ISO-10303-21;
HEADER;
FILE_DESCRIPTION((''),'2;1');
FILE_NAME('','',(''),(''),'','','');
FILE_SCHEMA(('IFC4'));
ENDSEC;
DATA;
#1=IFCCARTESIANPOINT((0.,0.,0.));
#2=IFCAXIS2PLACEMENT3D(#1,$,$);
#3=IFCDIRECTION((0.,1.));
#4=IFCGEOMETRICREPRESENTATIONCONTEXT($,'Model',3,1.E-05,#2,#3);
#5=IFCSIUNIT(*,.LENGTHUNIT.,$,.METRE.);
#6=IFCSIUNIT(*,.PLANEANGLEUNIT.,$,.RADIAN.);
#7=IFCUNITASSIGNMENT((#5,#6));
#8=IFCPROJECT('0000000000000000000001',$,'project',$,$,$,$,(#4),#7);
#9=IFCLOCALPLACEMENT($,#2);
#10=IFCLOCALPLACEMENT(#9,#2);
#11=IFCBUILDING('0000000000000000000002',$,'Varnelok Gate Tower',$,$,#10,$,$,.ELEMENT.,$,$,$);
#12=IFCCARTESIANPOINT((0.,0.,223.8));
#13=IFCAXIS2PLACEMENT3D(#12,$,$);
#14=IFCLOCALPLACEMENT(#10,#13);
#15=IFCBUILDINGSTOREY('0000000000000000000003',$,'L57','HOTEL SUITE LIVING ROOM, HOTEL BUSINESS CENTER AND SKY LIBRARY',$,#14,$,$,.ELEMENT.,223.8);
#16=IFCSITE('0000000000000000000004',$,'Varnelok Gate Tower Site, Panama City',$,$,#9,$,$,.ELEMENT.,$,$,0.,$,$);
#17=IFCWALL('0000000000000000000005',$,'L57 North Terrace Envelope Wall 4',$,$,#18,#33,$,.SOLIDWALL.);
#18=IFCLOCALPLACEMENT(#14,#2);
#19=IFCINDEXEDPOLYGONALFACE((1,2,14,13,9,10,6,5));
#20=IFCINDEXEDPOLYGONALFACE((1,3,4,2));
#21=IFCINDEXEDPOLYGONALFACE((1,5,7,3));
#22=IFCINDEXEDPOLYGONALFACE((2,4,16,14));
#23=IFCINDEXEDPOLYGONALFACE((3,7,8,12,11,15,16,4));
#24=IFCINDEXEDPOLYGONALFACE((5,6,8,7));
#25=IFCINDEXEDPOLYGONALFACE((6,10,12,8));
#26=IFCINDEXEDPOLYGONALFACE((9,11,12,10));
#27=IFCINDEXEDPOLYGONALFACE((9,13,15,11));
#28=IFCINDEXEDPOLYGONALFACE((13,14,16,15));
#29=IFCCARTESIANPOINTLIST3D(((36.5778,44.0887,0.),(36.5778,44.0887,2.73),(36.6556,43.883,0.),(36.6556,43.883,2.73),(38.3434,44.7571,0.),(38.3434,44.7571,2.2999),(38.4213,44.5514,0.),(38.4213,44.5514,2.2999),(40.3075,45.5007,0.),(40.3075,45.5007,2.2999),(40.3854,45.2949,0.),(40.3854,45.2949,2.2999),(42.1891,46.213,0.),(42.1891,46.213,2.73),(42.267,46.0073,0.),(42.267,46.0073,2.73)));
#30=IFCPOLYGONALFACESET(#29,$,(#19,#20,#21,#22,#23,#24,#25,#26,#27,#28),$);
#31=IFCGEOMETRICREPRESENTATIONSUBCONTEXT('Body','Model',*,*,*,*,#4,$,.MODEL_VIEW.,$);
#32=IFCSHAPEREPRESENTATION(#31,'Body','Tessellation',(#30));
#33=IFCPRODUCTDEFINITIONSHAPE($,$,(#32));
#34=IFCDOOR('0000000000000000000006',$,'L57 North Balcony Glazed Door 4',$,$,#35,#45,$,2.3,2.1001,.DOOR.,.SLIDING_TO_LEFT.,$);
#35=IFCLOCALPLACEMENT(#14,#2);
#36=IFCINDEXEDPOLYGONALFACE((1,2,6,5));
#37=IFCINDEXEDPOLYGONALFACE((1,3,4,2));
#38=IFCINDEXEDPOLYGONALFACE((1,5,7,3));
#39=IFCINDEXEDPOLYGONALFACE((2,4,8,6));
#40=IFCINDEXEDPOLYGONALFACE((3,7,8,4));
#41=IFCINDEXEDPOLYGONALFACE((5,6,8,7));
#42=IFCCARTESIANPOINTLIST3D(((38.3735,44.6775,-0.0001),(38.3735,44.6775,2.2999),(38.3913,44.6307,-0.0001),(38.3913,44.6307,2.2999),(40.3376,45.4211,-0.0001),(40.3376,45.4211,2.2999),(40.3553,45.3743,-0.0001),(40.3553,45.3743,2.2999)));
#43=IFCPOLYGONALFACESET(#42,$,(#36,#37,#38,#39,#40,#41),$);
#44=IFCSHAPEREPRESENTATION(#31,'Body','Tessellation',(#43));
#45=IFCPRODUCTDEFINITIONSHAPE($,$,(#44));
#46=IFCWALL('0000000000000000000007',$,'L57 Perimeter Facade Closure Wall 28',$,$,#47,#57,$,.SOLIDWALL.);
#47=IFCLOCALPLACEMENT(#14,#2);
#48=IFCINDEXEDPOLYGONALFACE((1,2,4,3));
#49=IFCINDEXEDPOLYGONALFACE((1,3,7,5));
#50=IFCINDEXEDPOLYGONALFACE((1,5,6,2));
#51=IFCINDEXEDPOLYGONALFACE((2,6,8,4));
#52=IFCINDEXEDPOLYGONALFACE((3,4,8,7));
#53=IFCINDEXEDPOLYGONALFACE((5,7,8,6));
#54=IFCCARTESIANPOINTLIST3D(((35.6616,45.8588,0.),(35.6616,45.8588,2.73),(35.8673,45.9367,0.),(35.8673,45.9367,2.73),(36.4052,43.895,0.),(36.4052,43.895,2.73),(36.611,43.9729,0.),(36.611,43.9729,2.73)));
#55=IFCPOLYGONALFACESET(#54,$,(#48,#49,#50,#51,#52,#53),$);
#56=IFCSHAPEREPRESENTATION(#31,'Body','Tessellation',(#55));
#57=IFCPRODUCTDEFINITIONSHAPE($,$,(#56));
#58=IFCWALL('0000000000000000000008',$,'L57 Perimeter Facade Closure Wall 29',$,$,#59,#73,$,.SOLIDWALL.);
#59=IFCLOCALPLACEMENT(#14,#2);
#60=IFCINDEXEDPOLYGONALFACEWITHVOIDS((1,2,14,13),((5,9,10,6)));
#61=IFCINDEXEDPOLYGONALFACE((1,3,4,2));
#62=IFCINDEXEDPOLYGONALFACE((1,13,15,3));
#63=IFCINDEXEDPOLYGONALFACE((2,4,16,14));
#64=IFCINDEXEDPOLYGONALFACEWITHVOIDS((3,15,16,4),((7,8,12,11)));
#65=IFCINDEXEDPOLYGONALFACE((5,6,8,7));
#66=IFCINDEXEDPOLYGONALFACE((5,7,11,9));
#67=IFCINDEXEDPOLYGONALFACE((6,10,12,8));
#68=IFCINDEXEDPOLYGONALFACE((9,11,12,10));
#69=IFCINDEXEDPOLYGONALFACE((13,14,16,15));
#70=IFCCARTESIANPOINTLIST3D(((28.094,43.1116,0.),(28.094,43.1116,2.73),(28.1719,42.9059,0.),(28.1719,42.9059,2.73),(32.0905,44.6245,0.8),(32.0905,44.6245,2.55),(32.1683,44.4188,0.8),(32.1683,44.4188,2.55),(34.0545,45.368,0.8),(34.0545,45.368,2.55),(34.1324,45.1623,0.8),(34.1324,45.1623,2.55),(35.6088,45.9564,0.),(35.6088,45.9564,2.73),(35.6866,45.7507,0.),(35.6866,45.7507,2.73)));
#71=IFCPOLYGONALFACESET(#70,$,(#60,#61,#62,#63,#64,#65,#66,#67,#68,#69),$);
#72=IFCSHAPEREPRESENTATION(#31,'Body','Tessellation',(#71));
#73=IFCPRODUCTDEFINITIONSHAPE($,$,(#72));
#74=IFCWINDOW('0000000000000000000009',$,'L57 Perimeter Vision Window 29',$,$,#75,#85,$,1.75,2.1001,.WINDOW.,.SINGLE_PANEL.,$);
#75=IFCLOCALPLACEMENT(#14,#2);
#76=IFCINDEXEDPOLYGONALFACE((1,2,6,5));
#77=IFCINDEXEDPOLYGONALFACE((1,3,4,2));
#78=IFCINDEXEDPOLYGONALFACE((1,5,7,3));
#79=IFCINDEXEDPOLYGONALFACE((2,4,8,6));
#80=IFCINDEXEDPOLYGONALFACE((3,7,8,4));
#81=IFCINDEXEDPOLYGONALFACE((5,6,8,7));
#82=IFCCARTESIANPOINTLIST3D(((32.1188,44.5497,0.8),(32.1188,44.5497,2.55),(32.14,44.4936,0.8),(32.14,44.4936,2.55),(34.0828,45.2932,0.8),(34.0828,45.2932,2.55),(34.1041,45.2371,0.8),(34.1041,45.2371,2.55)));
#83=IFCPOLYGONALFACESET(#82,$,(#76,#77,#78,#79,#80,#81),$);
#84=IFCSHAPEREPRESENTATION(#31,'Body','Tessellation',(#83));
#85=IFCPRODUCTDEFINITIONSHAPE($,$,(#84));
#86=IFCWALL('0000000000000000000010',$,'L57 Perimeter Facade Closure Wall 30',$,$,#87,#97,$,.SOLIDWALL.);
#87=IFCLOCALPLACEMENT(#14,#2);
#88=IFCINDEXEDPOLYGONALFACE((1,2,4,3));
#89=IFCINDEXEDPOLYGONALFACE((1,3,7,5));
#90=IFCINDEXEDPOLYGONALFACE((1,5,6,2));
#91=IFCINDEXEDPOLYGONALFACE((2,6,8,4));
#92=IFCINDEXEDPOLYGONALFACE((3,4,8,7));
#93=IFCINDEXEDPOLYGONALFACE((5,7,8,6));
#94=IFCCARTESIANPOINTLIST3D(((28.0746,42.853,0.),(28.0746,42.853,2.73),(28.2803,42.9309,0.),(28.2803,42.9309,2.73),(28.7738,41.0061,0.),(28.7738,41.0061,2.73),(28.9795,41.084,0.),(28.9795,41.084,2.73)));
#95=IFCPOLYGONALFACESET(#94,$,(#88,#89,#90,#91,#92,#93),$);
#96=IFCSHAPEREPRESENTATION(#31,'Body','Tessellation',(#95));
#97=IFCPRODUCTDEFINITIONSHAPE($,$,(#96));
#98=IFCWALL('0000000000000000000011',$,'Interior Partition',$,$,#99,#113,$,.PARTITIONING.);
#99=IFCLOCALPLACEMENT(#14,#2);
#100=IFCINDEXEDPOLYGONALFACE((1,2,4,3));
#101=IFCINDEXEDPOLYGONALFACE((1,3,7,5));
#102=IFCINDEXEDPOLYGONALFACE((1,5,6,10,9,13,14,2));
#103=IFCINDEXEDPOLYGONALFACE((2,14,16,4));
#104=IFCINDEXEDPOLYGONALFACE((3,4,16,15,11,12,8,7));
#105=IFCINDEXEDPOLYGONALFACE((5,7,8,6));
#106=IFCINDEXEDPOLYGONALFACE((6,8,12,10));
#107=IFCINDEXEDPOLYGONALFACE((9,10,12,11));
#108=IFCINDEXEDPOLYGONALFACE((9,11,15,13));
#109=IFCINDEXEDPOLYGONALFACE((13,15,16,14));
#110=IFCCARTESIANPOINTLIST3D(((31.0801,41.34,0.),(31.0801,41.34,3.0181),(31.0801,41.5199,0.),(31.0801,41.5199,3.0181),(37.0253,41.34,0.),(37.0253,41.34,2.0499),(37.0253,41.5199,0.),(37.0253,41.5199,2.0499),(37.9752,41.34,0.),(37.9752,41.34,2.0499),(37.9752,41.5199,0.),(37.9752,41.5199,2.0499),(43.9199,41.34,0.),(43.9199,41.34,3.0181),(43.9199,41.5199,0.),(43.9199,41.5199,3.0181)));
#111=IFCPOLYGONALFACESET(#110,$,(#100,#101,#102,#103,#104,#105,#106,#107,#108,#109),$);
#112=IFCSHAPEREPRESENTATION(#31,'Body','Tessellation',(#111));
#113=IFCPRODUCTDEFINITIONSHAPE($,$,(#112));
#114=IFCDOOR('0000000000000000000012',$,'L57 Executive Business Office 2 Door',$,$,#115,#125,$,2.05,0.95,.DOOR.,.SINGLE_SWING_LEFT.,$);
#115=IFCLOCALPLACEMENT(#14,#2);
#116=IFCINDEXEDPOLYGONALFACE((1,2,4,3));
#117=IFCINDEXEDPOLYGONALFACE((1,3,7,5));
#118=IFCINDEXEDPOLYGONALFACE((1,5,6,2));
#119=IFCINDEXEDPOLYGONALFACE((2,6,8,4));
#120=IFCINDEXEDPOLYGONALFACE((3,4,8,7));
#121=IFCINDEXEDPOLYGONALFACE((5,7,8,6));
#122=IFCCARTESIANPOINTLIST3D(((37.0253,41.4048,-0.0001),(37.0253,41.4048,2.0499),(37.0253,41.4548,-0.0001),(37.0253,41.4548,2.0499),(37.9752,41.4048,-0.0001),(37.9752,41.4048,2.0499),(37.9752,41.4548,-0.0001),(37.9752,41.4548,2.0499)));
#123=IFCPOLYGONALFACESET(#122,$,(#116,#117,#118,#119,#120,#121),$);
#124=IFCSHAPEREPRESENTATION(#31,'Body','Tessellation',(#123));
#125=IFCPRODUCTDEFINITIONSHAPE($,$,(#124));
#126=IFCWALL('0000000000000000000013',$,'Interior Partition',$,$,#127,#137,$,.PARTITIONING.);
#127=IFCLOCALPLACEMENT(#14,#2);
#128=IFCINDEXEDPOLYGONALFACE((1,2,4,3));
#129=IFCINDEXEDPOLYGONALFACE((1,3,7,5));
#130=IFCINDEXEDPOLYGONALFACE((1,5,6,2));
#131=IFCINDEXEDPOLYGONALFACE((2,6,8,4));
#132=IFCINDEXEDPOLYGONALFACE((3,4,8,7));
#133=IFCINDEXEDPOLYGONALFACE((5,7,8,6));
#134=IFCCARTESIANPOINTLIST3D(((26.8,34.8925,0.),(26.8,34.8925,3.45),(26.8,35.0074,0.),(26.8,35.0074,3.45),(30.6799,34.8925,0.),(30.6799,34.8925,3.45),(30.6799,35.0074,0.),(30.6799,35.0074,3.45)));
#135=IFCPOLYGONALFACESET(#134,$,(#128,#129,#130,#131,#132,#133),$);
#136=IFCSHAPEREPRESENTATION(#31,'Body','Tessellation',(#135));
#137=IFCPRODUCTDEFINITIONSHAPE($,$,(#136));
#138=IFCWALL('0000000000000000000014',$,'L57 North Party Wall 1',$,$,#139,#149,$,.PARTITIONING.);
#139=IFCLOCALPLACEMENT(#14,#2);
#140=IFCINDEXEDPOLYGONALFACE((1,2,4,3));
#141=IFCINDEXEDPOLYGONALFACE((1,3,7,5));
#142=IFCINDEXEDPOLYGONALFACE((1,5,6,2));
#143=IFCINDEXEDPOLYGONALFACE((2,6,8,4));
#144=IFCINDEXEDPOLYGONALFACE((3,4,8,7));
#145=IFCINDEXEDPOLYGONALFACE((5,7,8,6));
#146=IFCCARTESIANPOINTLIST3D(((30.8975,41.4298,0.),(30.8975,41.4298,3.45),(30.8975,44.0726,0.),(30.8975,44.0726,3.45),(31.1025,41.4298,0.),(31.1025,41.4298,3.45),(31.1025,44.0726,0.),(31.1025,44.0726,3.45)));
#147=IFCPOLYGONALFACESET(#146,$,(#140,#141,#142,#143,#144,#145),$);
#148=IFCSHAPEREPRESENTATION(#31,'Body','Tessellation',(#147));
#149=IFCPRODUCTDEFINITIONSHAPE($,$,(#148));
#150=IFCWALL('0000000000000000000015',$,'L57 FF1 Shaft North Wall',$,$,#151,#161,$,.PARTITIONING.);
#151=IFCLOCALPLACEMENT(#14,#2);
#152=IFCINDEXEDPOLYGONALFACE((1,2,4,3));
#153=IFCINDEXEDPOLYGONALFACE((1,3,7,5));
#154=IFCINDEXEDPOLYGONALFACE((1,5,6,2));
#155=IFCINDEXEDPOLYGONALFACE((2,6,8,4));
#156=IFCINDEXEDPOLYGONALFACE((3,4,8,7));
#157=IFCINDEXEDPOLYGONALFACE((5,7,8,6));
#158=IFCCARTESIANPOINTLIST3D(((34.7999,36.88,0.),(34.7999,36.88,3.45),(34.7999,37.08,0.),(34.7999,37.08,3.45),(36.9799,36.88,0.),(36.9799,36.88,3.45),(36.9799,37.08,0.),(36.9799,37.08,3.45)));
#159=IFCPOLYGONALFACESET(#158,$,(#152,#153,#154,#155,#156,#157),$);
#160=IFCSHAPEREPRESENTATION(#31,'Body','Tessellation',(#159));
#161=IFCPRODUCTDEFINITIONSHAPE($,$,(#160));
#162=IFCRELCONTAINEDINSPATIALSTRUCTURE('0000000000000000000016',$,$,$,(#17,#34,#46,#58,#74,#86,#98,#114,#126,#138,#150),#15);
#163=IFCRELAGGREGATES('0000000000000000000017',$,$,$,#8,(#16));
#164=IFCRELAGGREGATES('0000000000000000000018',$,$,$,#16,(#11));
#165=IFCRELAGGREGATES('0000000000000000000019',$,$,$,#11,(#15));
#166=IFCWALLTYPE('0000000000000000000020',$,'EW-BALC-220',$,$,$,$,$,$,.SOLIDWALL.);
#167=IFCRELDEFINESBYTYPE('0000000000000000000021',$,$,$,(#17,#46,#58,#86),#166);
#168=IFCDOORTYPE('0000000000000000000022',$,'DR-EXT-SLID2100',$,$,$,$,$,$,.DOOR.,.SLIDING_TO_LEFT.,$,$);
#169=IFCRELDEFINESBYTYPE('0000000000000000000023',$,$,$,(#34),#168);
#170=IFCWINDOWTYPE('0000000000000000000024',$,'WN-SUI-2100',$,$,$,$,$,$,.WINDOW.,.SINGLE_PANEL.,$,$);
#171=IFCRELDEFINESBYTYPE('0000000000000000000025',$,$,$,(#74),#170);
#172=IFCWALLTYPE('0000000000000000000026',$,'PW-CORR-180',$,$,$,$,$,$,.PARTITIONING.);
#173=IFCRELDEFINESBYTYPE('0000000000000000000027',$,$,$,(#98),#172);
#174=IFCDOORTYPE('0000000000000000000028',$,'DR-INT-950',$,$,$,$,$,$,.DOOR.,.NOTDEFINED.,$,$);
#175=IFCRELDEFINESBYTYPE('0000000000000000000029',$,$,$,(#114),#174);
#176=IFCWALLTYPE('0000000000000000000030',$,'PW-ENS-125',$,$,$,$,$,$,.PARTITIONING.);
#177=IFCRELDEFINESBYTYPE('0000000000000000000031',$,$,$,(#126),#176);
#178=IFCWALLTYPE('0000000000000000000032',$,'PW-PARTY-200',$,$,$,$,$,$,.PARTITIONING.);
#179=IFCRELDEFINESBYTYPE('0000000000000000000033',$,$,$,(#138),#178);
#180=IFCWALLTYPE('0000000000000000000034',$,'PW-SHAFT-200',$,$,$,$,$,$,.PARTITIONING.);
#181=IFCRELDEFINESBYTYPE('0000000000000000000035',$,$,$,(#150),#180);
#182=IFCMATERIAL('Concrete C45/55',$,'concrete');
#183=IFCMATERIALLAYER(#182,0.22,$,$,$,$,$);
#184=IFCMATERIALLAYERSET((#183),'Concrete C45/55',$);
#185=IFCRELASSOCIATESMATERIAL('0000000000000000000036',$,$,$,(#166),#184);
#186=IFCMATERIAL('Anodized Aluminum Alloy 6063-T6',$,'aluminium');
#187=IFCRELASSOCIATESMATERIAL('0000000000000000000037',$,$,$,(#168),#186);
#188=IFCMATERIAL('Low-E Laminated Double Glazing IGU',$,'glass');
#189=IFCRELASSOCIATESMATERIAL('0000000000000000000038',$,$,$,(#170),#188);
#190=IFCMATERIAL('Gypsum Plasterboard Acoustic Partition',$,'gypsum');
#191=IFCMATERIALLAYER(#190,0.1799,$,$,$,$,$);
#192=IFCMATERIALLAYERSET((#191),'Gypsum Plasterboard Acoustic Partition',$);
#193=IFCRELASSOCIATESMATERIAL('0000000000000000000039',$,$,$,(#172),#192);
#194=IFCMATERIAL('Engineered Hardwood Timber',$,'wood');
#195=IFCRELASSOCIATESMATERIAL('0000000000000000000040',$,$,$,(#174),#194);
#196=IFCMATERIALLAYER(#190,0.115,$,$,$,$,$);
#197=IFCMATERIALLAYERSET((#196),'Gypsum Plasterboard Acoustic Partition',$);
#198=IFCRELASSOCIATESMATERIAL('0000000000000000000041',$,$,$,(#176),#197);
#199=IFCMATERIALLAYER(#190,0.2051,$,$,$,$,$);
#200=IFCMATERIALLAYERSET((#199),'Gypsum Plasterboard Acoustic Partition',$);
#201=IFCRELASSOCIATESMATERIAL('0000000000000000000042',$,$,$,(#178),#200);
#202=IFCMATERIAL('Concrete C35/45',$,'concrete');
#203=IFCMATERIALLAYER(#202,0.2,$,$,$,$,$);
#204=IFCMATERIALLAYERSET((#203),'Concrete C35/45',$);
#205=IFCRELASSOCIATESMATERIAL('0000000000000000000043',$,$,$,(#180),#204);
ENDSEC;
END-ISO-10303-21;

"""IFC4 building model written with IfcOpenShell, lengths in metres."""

from ifc_helpers import new_model, si_unit, direction, frame, frame_2d, origin, place, context, subcontext, project, spatial, rectangle, extrude, material, layer, layer_set, type_object, element, fill, save


model = new_model("IFC4")

# Units and contexts
model_context = context("Model", 3, precision=1e-05, world=origin(), true_north=direction((0.0, 1.0)))
body_context = subcontext(model_context, "Body", "Model", "MODEL_VIEW")
ifc_project = project(units=[si_unit("LENGTHUNIT", "METRE"), si_unit("PLANEANGLEUNIT", "RADIAN")], contexts=[model_context])

# Site, building, storey
site_placement = place(None, origin())
site = spatial("IfcSite", under=ifc_project, at=site_placement, Name="Varnelok Gate Tower Site, Panama City", CompositionType="ELEMENT", RefElevation=0.0)
building_placement = place(site_placement, origin())
building = spatial("IfcBuilding", under=site, at=building_placement, Name="Varnelok Gate Tower", CompositionType="ELEMENT")
storey_placement = place(building_placement, frame((0.0, 0.0, 223.8)))
storey = spatial("IfcBuildingStorey", under=building, at=storey_placement, Name="L57", Description="HOTEL SUITE LIVING ROOM, HOTEL BUSINESS CENTER AND SKY LIBRARY", CompositionType="ELEMENT", Elevation=223.8)

# Wall, opening, door
ifc_material_1 = material(Name="Concrete C45/55", Category="concrete")
ifc_layer_1 = layer(ifc_material_1, 0.22)
ifc_layer_set_1 = layer_set([ifc_layer_1], Name="Concrete C45/55")
wall_type_1 = type_object("IfcWallType", Name="EW-BALC-220", PredefinedType="SOLIDWALL", material=ifc_layer_set_1)
wall_1_placement = place(storey_placement, frame((36.6167, 43.9858, 0.0), z_axis=(0.0, 0.0, 1.0), x_axis=(0.935228, 0.354047, 0.0)))
wall_1 = element("IfcWall", 1, at=wall_1_placement, inside=storey, type_object=wall_type_1, Name="L57 North Terrace Envelope Wall 4", PredefinedType="SOLIDWALL", context=body_context, shape_type="SweptSolid", body=[
    extrude(rectangle(XDim=6.0, YDim=0.22, at=frame_2d((3.0, 0.0))), origin(), (0.0, 0.0, 1.0), 2.73),
])
opening_1_placement = place(wall_1_placement, frame((1.8879, 0.0, 0.0)))
opening_1 = element("IfcOpeningElement", 2, at=opening_1_placement, cuts=wall_1, PredefinedType="OPENING", context=body_context, shape_type="SweptSolid", body=[
    extrude(rectangle(XDim=2.1001, YDim=2.3, at=frame_2d((1.05, 1.1499))), frame((0.0, 0.1199, 0.0), z_axis=(0.0, -1.0, 0.0), x_axis=(1.0, 0.0, 0.0)), (0.0, 0.0, 1.0), 0.24),
])
ifc_material_2 = material(Name="Anodized Aluminum Alloy 6063-T6", Category="aluminium")
door_type_1 = type_object("IfcDoorType", Name="DR-EXT-SLID2100", OperationType="SLIDING_TO_LEFT", PredefinedType="DOOR", material=ifc_material_2)
door_1_placement = place(opening_1_placement, origin())
door_1 = element("IfcDoor", 3, at=door_1_placement, inside=storey, type_object=door_type_1, Name="L57 North Balcony Glazed Door 4", OperationType="SLIDING_TO_LEFT", OverallHeight=2.3, OverallWidth=2.1001, PredefinedType="DOOR", context=body_context, shape_type="SweptSolid", body=[
    extrude(rectangle(XDim=2.1001, YDim=2.3, at=frame_2d((1.05, 1.1499))), frame((0.0, 0.0249, 0.0), z_axis=(0.0, -1.0, 0.0), x_axis=(1.0, 0.0, 0.0)), (0.0, 0.0, 1.0), 0.05),
])
fill(opening_1, door_1)

# Wall
wall_2_placement = place(storey_placement, frame((36.5081, 43.9341, 0.0), z_axis=(0.0, 0.0, 1.0), x_axis=(-0.354128, 0.935197, 0.0)))
element("IfcWall", 4, at=wall_2_placement, inside=storey, type_object=wall_type_1, Name="L57 Perimeter Facade Closure Wall 28", PredefinedType="SOLIDWALL", context=body_context, shape_type="SweptSolid", body=[
    extrude(rectangle(XDim=2.0999, YDim=0.22, at=frame_2d((1.0498, 0.0))), origin(), (0.0, 0.0, 1.0), 2.73),
])

# Wall, opening, window
wall_3_placement = place(storey_placement, frame((35.6477, 45.8535, 0.0), z_axis=(0.0, 0.0, 1.0), x_axis=(-0.935231, -0.354039, 0.0)))
wall_3 = element("IfcWall", 5, at=wall_3_placement, inside=storey, type_object=wall_type_1, Name="L57 Perimeter Facade Closure Wall 29", PredefinedType="SOLIDWALL", context=body_context, shape_type="SweptSolid", body=[
    extrude(rectangle(XDim=8.0352, YDim=0.22, at=frame_2d((4.0176, 0.0))), origin(), (0.0, 0.0, 1.0), 2.73),
])
opening_2_placement = place(wall_3_placement, frame((1.6619, 0.0, 0.8)))
opening_2 = element("IfcOpeningElement", 6, at=opening_2_placement, cuts=wall_3, PredefinedType="OPENING", context=body_context, shape_type="SweptSolid", body=[
    extrude(rectangle(XDim=2.1001, YDim=1.75, at=frame_2d((1.05, 0.875))), frame((0.0, 0.1199, 0.0), z_axis=(0.0, -1.0, 0.0), x_axis=(1.0, 0.0, 0.0)), (0.0, 0.0, 1.0), 0.24),
])
ifc_material_3 = material(Name="Low-E Laminated Double Glazing IGU", Category="glass")
window_type = type_object("IfcWindowType", Name="WN-SUI-2100", PartitioningType="SINGLE_PANEL", PredefinedType="WINDOW", material=ifc_material_3)
window_placement = place(opening_2_placement, origin())
window = element("IfcWindow", 7, at=window_placement, inside=storey, type_object=window_type, Name="L57 Perimeter Vision Window 29", OverallHeight=1.75, OverallWidth=2.1001, PartitioningType="SINGLE_PANEL", PredefinedType="WINDOW", context=body_context, shape_type="SweptSolid", body=[
    extrude(rectangle(XDim=2.1001, YDim=1.75, at=frame_2d((1.05, 0.875))), frame((0.0, 0.03, 0.0), z_axis=(0.0, -1.0, 0.0), x_axis=(1.0, 0.0, 0.0)), (0.0, 0.0, 1.0), 0.0601),
])
fill(opening_2, window)

# Wall
wall_4_placement = place(storey_placement, frame((28.1775, 42.8918, 0.0), z_axis=(0.0, 0.0, 1.0), x_axis=(0.354062, -0.935222, 0.0)))
element("IfcWall", 8, at=wall_4_placement, inside=storey, type_object=wall_type_1, Name="L57 Perimeter Facade Closure Wall 30", PredefinedType="SOLIDWALL", context=body_context, shape_type="SweptSolid", body=[
    extrude(rectangle(XDim=1.9749, YDim=0.22, at=frame_2d((0.9873, 0.0))), origin(), (0.0, 0.0, 1.0), 2.73),
])

# Wall, opening, door
ifc_material_4 = material(Name="Gypsum Plasterboard Acoustic Partition", Category="gypsum")
ifc_layer_2 = layer(ifc_material_4, 0.1799)
ifc_layer_set_2 = layer_set([ifc_layer_2], Name="Gypsum Plasterboard Acoustic Partition")
wall_type_2 = type_object("IfcWallType", Name="PW-CORR-180", PredefinedType="PARTITIONING", material=ifc_layer_set_2)
wall_5_placement = place(storey_placement, frame((31.0801, 41.4299, 0.0), z_axis=(0.0, 0.0, 1.0), x_axis=(1.0, 0.0, 0.0)))
wall_5 = element("IfcWall", 9, at=wall_5_placement, inside=storey, type_object=wall_type_2, Name="Interior Partition", PredefinedType="PARTITIONING", context=body_context, shape_type="SweptSolid", body=[
    extrude(rectangle(XDim=12.8398, YDim=0.1799, at=frame_2d((6.4199, 0.0))), origin(), (0.0, 0.0, 1.0), 3.0181),
])
opening_3_placement = place(wall_5_placement, frame((5.9451, 0.0, 0.0)))
opening_3 = element("IfcOpeningElement", 10, at=opening_3_placement, cuts=wall_5, PredefinedType="OPENING", context=body_context, shape_type="SweptSolid", body=[
    extrude(rectangle(XDim=0.95, YDim=2.05, at=frame_2d((0.4751, 1.0249))), frame((0.0, 0.0999, 0.0), z_axis=(0.0, -1.0, 0.0), x_axis=(1.0, 0.0, 0.0)), (0.0, 0.0, 1.0), 0.2),
])
ifc_material_5 = material(Name="Engineered Hardwood Timber", Category="wood")
door_type_2 = type_object("IfcDoorType", Name="DR-INT-950", OperationType="NOTDEFINED", PredefinedType="DOOR", material=ifc_material_5)
door_2_placement = place(opening_3_placement, origin())
door_2 = element("IfcDoor", 11, at=door_2_placement, inside=storey, type_object=door_type_2, Name="L57 Executive Business Office 2 Door", OperationType="SINGLE_SWING_LEFT", OverallHeight=2.05, OverallWidth=0.95, PredefinedType="DOOR", context=body_context, shape_type="SweptSolid", body=[
    extrude(rectangle(XDim=0.95, YDim=2.05, at=frame_2d((0.4751, 1.0249))), frame((0.0, 0.0249, 0.0), z_axis=(0.0, -1.0, 0.0), x_axis=(1.0, 0.0, 0.0)), (0.0, 0.0, 1.0), 0.05),
])
fill(opening_3, door_2)

# Walls
ifc_layer_3 = layer(ifc_material_4, 0.115)
ifc_layer_set_3 = layer_set([ifc_layer_3], Name="Gypsum Plasterboard Acoustic Partition")
wall_type_3 = type_object("IfcWallType", Name="PW-ENS-125", PredefinedType="PARTITIONING", material=ifc_layer_set_3)
wall_6_placement = place(storey_placement, frame((26.8, 34.95, 0.0), z_axis=(0.0, 0.0, 1.0), x_axis=(1.0, 0.0, 0.0)))
element("IfcWall", 12, at=wall_6_placement, inside=storey, type_object=wall_type_3, Name="Interior Partition", PredefinedType="PARTITIONING", context=body_context, shape_type="SweptSolid", body=[
    extrude(rectangle(XDim=3.8799, YDim=0.115, at=frame_2d((1.9399, 0.0))), origin(), (0.0, 0.0, 1.0), 3.45),
])
ifc_layer_4 = layer(ifc_material_4, 0.2051)
ifc_layer_set_4 = layer_set([ifc_layer_4], Name="Gypsum Plasterboard Acoustic Partition")
wall_type_4 = type_object("IfcWallType", Name="PW-PARTY-200", PredefinedType="PARTITIONING", material=ifc_layer_set_4)
wall_7_placement = place(storey_placement, frame((31.0, 41.4299, 0.0), z_axis=(0.0, 0.0, 1.0), x_axis=(0.0, 1.0, 0.0)))
element("IfcWall", 13, at=wall_7_placement, inside=storey, type_object=wall_type_4, Name="L57 North Party Wall 1", PredefinedType="PARTITIONING", context=body_context, shape_type="SweptSolid", body=[
    extrude(rectangle(XDim=2.6428, YDim=0.2051, at=frame_2d((1.3213, 0.0))), origin(), (0.0, 0.0, 1.0), 3.45),
])
ifc_material_6 = material(Name="Concrete C35/45", Category="concrete")
ifc_layer_5 = layer(ifc_material_6, 0.2)
ifc_layer_set_5 = layer_set([ifc_layer_5], Name="Concrete C35/45")
wall_type_5 = type_object("IfcWallType", Name="PW-SHAFT-200", PredefinedType="PARTITIONING", material=ifc_layer_set_5)
wall_8_placement = place(storey_placement, frame((34.8, 36.98, 0.0), z_axis=(0.0, 0.0, 1.0), x_axis=(1.0, 0.0, 0.0)))
element("IfcWall", 14, at=wall_8_placement, inside=storey, type_object=wall_type_5, Name="L57 FF1 Shaft North Wall", PredefinedType="PARTITIONING", context=body_context, shape_type="SweptSolid", body=[
    extrude(rectangle(XDim=2.1799, YDim=0.2, at=frame_2d((1.0898, 0.0))), origin(), (0.0, 0.0, 1.0), 3.45),
])

save(model, "model.ifc")
